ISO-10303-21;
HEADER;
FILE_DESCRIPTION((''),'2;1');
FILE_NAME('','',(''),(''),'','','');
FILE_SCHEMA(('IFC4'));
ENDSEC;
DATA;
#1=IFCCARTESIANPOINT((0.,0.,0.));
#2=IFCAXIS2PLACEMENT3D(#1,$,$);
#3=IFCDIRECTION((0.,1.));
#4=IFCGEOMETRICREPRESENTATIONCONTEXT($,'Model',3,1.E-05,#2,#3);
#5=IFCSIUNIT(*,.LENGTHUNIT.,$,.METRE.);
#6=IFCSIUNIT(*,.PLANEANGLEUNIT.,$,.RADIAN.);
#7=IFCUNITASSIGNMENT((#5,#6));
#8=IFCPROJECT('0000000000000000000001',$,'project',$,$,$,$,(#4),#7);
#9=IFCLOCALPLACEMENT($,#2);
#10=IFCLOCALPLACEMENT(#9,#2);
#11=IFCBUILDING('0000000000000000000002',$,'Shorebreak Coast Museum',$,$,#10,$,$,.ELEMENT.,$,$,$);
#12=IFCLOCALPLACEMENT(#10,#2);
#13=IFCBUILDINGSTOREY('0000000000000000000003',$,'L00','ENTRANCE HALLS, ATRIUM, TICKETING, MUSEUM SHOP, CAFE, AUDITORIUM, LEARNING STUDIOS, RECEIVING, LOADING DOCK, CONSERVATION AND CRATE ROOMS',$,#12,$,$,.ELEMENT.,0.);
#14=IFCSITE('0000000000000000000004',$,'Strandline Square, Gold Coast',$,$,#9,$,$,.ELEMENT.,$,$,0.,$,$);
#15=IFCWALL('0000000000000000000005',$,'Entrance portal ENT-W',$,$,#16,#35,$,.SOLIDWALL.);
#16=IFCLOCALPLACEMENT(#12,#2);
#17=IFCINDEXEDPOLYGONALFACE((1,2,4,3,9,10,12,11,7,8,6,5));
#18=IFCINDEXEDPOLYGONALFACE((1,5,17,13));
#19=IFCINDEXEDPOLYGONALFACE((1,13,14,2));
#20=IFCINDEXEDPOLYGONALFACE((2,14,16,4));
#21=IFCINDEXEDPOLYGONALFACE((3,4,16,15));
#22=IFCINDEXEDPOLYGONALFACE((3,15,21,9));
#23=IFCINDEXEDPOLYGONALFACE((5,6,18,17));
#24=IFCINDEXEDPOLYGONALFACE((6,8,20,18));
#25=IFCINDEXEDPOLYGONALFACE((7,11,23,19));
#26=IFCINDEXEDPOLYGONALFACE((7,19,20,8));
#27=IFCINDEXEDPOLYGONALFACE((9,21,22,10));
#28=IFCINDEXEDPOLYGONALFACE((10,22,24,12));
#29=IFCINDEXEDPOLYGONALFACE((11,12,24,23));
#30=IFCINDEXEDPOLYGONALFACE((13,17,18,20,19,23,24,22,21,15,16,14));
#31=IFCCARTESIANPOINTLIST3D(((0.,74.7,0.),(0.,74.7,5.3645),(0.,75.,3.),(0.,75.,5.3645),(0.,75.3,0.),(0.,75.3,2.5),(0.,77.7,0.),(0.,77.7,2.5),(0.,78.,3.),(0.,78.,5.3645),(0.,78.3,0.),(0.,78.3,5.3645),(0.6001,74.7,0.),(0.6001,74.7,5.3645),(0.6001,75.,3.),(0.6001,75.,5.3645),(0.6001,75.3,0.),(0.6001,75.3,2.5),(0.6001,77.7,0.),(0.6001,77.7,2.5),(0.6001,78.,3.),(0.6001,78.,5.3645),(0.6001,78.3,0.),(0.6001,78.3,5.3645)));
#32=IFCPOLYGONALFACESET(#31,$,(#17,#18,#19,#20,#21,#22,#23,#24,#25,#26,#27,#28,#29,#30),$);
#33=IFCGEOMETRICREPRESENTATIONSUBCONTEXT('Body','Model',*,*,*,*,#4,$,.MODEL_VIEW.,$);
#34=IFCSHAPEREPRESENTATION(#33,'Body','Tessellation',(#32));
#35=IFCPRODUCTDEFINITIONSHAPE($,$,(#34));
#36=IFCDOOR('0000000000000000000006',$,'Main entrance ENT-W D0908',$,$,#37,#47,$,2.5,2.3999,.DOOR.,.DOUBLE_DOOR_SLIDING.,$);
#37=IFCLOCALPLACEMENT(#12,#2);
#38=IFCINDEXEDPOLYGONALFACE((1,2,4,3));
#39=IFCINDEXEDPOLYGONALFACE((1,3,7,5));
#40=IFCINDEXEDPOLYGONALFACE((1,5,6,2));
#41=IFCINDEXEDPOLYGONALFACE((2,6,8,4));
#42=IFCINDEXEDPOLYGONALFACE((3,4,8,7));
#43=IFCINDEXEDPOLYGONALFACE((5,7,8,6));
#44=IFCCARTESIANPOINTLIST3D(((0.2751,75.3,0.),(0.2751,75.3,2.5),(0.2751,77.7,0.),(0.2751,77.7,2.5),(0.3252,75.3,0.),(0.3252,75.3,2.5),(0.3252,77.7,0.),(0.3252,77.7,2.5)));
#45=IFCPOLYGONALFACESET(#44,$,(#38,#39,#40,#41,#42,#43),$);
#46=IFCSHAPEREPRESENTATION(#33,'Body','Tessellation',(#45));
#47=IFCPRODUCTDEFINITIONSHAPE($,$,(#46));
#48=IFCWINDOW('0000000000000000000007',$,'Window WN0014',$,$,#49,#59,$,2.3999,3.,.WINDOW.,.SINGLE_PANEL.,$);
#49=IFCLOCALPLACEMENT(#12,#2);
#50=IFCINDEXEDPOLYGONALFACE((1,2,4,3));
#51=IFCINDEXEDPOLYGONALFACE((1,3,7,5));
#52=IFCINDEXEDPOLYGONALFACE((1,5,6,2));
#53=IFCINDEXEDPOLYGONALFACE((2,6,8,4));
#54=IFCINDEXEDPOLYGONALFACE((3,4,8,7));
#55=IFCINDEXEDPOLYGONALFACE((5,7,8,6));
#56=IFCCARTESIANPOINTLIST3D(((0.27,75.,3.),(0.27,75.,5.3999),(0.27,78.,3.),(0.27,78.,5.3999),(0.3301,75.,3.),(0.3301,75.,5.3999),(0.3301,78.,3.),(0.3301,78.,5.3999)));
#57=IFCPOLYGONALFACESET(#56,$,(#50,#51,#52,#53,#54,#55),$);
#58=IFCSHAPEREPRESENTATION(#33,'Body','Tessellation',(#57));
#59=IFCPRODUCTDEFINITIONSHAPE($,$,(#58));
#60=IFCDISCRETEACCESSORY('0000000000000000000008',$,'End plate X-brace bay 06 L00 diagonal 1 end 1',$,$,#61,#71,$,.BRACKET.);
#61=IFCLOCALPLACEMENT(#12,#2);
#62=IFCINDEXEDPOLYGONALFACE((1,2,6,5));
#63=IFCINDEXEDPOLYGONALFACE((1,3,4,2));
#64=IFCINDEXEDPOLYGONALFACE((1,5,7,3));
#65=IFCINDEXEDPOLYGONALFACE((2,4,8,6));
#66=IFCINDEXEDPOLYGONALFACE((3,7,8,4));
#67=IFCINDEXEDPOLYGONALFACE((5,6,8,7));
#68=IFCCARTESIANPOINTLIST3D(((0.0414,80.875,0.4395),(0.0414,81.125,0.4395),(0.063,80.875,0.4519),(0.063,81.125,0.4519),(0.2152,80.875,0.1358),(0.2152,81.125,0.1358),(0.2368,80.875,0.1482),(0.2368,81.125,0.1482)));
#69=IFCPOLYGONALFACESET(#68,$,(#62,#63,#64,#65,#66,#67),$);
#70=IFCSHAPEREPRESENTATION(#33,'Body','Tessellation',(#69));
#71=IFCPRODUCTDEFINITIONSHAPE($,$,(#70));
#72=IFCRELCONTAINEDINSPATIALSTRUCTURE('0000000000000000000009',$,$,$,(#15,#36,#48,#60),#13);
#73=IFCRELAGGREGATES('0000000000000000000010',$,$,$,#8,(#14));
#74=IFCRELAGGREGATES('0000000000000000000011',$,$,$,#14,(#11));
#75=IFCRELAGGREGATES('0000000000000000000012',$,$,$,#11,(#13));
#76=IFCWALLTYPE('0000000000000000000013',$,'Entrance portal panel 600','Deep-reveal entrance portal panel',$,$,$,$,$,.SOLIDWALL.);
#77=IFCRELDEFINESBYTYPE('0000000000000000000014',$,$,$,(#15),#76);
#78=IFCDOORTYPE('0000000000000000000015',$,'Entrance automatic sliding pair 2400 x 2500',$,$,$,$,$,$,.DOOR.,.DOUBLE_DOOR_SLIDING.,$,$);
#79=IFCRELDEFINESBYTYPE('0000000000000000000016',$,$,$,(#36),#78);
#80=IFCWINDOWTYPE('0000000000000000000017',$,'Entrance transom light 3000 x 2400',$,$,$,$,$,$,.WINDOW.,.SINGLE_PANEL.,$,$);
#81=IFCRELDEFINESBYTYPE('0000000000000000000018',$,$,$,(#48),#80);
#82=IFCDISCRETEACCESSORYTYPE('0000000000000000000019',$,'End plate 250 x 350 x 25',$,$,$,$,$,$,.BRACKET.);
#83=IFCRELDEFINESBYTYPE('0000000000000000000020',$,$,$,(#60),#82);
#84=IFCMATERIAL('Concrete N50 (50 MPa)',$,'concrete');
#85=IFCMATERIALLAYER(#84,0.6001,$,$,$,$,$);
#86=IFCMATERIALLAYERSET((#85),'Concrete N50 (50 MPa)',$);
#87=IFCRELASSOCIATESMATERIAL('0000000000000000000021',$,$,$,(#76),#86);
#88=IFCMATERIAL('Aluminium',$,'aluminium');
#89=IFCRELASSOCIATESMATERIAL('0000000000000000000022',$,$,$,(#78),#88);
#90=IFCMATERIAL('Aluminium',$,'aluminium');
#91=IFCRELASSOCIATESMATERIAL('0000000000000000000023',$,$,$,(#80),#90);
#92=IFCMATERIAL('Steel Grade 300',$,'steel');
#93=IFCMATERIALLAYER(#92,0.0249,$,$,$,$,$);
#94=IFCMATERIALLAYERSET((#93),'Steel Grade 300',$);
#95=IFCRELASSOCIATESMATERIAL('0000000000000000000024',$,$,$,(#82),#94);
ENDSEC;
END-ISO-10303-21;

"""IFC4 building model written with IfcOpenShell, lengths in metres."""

from ifc_helpers import new_model, si_unit, direction, frame, frame_2d, origin, place, context, subcontext, project, spatial, polyline, rectangle, outline, extrude, material, layer, layer_set, type_object, element, fill, save


model = new_model("IFC4")

# Units and contexts
model_context = context("Model", 3, precision=1e-05, world=origin(), true_north=direction((0.0, 1.0)))
body_context = subcontext(model_context, "Body", "Model", "MODEL_VIEW")
ifc_project = project(units=[si_unit("LENGTHUNIT", "METRE"), si_unit("PLANEANGLEUNIT", "RADIAN")], contexts=[model_context])

# Site, building, storey
site_placement = place(None, origin())
site = spatial("IfcSite", under=ifc_project, at=site_placement, Name="Strandline Square, Gold Coast", CompositionType="ELEMENT", RefElevation=0.0)
building_placement = place(site_placement, origin())
building = spatial("IfcBuilding", under=site, at=building_placement, Name="Shorebreak Coast Museum", CompositionType="ELEMENT")
storey_placement = place(building_placement, origin())
storey = spatial("IfcBuildingStorey", under=building, at=storey_placement, Name="L00", Description="ENTRANCE HALLS, ATRIUM, TICKETING, MUSEUM SHOP, CAFE, AUDITORIUM, LEARNING STUDIOS, RECEIVING, LOADING DOCK, CONSERVATION AND CRATE ROOMS", CompositionType="ELEMENT", Elevation=0.0)

# Wall, openings, door, window
ifc_material_1 = material(Name="Concrete N50 (50 MPa)", Category="concrete")
ifc_layer_1 = layer(ifc_material_1, 0.6001)
ifc_layer_set_1 = layer_set([ifc_layer_1], Name="Concrete N50 (50 MPa)")
wall_type = type_object("IfcWallType", Name="Entrance portal panel 600", Description="Deep-reveal entrance portal panel", PredefinedType="SOLIDWALL", material=ifc_layer_set_1)
wall_placement = place(storey_placement, frame((0.3, 74.7, 0.0), z_axis=(0.0, 0.0, 1.0), x_axis=(0.0, 1.0, 0.0)))
wall = element("IfcWall", 1, at=wall_placement, inside=storey, type_object=wall_type, Name="Entrance portal ENT-W", PredefinedType="SOLIDWALL", context=body_context, shape_type="SweptSolid", body=[
    extrude(rectangle(XDim=3.6001, YDim=0.6001, at=frame_2d((1.8, 0.0))), origin(), (0.0, 0.0, 1.0), 5.3645),
])
opening_1_placement = place(wall_placement, frame((0.6001, 0.0, 0.0)))
opening_1 = element("IfcOpeningElement", 2, at=opening_1_placement, cuts=wall, PredefinedType="OPENING", context=body_context, shape_type="SweptSolid", body=[
    extrude(rectangle(XDim=2.3999, YDim=2.5, at=frame_2d((1.2, 1.25))), frame((0.0, 0.3101, 0.0), z_axis=(0.0, -1.0, 0.0), x_axis=(1.0, 0.0, 0.0)), (0.0, 0.0, 1.0), 0.6201),
])
opening_2_placement = place(wall_placement, frame((0.3, 0.0, 3.0)))
opening_2 = element("IfcOpeningElement", 3, at=opening_2_placement, cuts=wall, PredefinedType="OPENING", context=body_context, shape_type="SweptSolid", body=[
    extrude(rectangle(XDim=3.0, YDim=2.3999, at=frame_2d((1.5, 1.2))), frame((0.0, 0.3101, 0.0), z_axis=(0.0, -1.0, 0.0), x_axis=(1.0, 0.0, 0.0)), (0.0, 0.0, 1.0), 0.6201),
])
ifc_material_2 = material(Name="Aluminium", Category="aluminium")
door_type = type_object("IfcDoorType", Name="Entrance automatic sliding pair 2400 x 2500", OperationType="DOUBLE_DOOR_SLIDING", PredefinedType="DOOR", material=ifc_material_2)
door_placement = place(opening_1_placement, origin())
door = element("IfcDoor", 4, at=door_placement, inside=storey, type_object=door_type, Name="Main entrance ENT-W D0908", OperationType="DOUBLE_DOOR_SLIDING", OverallHeight=2.5, OverallWidth=2.3999, PredefinedType="DOOR", context=body_context, shape_type="SweptSolid", body=[
    extrude(rectangle(XDim=2.3999, YDim=2.5, at=frame_2d((1.2, 1.25))), frame((0.0, 0.0249, 0.0), z_axis=(0.0, -1.0, 0.0), x_axis=(1.0, 0.0, 0.0)), (0.0, 0.0, 1.0), 0.05),
])
fill(opening_1, door)
ifc_material_3 = material(Name="Aluminium", Category="aluminium")
window_type = type_object("IfcWindowType", Name="Entrance transom light 3000 x 2400", PartitioningType="SINGLE_PANEL", PredefinedType="WINDOW", material=ifc_material_3)
window_placement = place(opening_2_placement, origin())
window = element("IfcWindow", 5, at=window_placement, inside=storey, type_object=window_type, Name="Window WN0014", OverallHeight=2.3999, OverallWidth=3.0, PartitioningType="SINGLE_PANEL", PredefinedType="WINDOW", context=body_context, shape_type="SweptSolid", body=[
    extrude(rectangle(XDim=3.0, YDim=2.3999, at=frame_2d((1.5, 1.2))), frame((0.0, 0.03, 0.0), z_axis=(0.0, -1.0, 0.0), x_axis=(1.0, 0.0, 0.0)), (0.0, 0.0, 1.0), 0.0601),
])
fill(opening_2, window)

# Discrete accessory
ifc_material_4 = material(Name="Steel Grade 300", Category="steel")
ifc_layer_2 = layer(ifc_material_4, 0.0249)
ifc_layer_set_2 = layer_set([ifc_layer_2], Name="Steel Grade 300")
discrete_accessory_type = type_object("IfcDiscreteAccessoryType", Name="End plate 250 x 350 x 25", PredefinedType="BRACKET", material=ifc_layer_set_2)
discrete_accessory_placement = place(storey_placement, frame((0.2368, 80.875, 0.1482), z_axis=(0.867899, 0.0, 0.49674), x_axis=(0.0, 1.0, 0.0)))
element("IfcDiscreteAccessory", 6, at=discrete_accessory_placement, inside=storey, type_object=discrete_accessory_type, Name="End plate X-brace bay 06 L00 diagonal 1 end 1", PredefinedType="BRACKET", context=body_context, shape_type="SweptSolid", body=[
    extrude(outline(polyline([(0.0, 0.0), (0.25, 0.0), (0.25, 0.3499), (0.0, 0.3499), (0.0, 0.0)])), origin(), (0.0, 0.0, -1.0), 0.0249),
])

save(model, "model.ifc")
